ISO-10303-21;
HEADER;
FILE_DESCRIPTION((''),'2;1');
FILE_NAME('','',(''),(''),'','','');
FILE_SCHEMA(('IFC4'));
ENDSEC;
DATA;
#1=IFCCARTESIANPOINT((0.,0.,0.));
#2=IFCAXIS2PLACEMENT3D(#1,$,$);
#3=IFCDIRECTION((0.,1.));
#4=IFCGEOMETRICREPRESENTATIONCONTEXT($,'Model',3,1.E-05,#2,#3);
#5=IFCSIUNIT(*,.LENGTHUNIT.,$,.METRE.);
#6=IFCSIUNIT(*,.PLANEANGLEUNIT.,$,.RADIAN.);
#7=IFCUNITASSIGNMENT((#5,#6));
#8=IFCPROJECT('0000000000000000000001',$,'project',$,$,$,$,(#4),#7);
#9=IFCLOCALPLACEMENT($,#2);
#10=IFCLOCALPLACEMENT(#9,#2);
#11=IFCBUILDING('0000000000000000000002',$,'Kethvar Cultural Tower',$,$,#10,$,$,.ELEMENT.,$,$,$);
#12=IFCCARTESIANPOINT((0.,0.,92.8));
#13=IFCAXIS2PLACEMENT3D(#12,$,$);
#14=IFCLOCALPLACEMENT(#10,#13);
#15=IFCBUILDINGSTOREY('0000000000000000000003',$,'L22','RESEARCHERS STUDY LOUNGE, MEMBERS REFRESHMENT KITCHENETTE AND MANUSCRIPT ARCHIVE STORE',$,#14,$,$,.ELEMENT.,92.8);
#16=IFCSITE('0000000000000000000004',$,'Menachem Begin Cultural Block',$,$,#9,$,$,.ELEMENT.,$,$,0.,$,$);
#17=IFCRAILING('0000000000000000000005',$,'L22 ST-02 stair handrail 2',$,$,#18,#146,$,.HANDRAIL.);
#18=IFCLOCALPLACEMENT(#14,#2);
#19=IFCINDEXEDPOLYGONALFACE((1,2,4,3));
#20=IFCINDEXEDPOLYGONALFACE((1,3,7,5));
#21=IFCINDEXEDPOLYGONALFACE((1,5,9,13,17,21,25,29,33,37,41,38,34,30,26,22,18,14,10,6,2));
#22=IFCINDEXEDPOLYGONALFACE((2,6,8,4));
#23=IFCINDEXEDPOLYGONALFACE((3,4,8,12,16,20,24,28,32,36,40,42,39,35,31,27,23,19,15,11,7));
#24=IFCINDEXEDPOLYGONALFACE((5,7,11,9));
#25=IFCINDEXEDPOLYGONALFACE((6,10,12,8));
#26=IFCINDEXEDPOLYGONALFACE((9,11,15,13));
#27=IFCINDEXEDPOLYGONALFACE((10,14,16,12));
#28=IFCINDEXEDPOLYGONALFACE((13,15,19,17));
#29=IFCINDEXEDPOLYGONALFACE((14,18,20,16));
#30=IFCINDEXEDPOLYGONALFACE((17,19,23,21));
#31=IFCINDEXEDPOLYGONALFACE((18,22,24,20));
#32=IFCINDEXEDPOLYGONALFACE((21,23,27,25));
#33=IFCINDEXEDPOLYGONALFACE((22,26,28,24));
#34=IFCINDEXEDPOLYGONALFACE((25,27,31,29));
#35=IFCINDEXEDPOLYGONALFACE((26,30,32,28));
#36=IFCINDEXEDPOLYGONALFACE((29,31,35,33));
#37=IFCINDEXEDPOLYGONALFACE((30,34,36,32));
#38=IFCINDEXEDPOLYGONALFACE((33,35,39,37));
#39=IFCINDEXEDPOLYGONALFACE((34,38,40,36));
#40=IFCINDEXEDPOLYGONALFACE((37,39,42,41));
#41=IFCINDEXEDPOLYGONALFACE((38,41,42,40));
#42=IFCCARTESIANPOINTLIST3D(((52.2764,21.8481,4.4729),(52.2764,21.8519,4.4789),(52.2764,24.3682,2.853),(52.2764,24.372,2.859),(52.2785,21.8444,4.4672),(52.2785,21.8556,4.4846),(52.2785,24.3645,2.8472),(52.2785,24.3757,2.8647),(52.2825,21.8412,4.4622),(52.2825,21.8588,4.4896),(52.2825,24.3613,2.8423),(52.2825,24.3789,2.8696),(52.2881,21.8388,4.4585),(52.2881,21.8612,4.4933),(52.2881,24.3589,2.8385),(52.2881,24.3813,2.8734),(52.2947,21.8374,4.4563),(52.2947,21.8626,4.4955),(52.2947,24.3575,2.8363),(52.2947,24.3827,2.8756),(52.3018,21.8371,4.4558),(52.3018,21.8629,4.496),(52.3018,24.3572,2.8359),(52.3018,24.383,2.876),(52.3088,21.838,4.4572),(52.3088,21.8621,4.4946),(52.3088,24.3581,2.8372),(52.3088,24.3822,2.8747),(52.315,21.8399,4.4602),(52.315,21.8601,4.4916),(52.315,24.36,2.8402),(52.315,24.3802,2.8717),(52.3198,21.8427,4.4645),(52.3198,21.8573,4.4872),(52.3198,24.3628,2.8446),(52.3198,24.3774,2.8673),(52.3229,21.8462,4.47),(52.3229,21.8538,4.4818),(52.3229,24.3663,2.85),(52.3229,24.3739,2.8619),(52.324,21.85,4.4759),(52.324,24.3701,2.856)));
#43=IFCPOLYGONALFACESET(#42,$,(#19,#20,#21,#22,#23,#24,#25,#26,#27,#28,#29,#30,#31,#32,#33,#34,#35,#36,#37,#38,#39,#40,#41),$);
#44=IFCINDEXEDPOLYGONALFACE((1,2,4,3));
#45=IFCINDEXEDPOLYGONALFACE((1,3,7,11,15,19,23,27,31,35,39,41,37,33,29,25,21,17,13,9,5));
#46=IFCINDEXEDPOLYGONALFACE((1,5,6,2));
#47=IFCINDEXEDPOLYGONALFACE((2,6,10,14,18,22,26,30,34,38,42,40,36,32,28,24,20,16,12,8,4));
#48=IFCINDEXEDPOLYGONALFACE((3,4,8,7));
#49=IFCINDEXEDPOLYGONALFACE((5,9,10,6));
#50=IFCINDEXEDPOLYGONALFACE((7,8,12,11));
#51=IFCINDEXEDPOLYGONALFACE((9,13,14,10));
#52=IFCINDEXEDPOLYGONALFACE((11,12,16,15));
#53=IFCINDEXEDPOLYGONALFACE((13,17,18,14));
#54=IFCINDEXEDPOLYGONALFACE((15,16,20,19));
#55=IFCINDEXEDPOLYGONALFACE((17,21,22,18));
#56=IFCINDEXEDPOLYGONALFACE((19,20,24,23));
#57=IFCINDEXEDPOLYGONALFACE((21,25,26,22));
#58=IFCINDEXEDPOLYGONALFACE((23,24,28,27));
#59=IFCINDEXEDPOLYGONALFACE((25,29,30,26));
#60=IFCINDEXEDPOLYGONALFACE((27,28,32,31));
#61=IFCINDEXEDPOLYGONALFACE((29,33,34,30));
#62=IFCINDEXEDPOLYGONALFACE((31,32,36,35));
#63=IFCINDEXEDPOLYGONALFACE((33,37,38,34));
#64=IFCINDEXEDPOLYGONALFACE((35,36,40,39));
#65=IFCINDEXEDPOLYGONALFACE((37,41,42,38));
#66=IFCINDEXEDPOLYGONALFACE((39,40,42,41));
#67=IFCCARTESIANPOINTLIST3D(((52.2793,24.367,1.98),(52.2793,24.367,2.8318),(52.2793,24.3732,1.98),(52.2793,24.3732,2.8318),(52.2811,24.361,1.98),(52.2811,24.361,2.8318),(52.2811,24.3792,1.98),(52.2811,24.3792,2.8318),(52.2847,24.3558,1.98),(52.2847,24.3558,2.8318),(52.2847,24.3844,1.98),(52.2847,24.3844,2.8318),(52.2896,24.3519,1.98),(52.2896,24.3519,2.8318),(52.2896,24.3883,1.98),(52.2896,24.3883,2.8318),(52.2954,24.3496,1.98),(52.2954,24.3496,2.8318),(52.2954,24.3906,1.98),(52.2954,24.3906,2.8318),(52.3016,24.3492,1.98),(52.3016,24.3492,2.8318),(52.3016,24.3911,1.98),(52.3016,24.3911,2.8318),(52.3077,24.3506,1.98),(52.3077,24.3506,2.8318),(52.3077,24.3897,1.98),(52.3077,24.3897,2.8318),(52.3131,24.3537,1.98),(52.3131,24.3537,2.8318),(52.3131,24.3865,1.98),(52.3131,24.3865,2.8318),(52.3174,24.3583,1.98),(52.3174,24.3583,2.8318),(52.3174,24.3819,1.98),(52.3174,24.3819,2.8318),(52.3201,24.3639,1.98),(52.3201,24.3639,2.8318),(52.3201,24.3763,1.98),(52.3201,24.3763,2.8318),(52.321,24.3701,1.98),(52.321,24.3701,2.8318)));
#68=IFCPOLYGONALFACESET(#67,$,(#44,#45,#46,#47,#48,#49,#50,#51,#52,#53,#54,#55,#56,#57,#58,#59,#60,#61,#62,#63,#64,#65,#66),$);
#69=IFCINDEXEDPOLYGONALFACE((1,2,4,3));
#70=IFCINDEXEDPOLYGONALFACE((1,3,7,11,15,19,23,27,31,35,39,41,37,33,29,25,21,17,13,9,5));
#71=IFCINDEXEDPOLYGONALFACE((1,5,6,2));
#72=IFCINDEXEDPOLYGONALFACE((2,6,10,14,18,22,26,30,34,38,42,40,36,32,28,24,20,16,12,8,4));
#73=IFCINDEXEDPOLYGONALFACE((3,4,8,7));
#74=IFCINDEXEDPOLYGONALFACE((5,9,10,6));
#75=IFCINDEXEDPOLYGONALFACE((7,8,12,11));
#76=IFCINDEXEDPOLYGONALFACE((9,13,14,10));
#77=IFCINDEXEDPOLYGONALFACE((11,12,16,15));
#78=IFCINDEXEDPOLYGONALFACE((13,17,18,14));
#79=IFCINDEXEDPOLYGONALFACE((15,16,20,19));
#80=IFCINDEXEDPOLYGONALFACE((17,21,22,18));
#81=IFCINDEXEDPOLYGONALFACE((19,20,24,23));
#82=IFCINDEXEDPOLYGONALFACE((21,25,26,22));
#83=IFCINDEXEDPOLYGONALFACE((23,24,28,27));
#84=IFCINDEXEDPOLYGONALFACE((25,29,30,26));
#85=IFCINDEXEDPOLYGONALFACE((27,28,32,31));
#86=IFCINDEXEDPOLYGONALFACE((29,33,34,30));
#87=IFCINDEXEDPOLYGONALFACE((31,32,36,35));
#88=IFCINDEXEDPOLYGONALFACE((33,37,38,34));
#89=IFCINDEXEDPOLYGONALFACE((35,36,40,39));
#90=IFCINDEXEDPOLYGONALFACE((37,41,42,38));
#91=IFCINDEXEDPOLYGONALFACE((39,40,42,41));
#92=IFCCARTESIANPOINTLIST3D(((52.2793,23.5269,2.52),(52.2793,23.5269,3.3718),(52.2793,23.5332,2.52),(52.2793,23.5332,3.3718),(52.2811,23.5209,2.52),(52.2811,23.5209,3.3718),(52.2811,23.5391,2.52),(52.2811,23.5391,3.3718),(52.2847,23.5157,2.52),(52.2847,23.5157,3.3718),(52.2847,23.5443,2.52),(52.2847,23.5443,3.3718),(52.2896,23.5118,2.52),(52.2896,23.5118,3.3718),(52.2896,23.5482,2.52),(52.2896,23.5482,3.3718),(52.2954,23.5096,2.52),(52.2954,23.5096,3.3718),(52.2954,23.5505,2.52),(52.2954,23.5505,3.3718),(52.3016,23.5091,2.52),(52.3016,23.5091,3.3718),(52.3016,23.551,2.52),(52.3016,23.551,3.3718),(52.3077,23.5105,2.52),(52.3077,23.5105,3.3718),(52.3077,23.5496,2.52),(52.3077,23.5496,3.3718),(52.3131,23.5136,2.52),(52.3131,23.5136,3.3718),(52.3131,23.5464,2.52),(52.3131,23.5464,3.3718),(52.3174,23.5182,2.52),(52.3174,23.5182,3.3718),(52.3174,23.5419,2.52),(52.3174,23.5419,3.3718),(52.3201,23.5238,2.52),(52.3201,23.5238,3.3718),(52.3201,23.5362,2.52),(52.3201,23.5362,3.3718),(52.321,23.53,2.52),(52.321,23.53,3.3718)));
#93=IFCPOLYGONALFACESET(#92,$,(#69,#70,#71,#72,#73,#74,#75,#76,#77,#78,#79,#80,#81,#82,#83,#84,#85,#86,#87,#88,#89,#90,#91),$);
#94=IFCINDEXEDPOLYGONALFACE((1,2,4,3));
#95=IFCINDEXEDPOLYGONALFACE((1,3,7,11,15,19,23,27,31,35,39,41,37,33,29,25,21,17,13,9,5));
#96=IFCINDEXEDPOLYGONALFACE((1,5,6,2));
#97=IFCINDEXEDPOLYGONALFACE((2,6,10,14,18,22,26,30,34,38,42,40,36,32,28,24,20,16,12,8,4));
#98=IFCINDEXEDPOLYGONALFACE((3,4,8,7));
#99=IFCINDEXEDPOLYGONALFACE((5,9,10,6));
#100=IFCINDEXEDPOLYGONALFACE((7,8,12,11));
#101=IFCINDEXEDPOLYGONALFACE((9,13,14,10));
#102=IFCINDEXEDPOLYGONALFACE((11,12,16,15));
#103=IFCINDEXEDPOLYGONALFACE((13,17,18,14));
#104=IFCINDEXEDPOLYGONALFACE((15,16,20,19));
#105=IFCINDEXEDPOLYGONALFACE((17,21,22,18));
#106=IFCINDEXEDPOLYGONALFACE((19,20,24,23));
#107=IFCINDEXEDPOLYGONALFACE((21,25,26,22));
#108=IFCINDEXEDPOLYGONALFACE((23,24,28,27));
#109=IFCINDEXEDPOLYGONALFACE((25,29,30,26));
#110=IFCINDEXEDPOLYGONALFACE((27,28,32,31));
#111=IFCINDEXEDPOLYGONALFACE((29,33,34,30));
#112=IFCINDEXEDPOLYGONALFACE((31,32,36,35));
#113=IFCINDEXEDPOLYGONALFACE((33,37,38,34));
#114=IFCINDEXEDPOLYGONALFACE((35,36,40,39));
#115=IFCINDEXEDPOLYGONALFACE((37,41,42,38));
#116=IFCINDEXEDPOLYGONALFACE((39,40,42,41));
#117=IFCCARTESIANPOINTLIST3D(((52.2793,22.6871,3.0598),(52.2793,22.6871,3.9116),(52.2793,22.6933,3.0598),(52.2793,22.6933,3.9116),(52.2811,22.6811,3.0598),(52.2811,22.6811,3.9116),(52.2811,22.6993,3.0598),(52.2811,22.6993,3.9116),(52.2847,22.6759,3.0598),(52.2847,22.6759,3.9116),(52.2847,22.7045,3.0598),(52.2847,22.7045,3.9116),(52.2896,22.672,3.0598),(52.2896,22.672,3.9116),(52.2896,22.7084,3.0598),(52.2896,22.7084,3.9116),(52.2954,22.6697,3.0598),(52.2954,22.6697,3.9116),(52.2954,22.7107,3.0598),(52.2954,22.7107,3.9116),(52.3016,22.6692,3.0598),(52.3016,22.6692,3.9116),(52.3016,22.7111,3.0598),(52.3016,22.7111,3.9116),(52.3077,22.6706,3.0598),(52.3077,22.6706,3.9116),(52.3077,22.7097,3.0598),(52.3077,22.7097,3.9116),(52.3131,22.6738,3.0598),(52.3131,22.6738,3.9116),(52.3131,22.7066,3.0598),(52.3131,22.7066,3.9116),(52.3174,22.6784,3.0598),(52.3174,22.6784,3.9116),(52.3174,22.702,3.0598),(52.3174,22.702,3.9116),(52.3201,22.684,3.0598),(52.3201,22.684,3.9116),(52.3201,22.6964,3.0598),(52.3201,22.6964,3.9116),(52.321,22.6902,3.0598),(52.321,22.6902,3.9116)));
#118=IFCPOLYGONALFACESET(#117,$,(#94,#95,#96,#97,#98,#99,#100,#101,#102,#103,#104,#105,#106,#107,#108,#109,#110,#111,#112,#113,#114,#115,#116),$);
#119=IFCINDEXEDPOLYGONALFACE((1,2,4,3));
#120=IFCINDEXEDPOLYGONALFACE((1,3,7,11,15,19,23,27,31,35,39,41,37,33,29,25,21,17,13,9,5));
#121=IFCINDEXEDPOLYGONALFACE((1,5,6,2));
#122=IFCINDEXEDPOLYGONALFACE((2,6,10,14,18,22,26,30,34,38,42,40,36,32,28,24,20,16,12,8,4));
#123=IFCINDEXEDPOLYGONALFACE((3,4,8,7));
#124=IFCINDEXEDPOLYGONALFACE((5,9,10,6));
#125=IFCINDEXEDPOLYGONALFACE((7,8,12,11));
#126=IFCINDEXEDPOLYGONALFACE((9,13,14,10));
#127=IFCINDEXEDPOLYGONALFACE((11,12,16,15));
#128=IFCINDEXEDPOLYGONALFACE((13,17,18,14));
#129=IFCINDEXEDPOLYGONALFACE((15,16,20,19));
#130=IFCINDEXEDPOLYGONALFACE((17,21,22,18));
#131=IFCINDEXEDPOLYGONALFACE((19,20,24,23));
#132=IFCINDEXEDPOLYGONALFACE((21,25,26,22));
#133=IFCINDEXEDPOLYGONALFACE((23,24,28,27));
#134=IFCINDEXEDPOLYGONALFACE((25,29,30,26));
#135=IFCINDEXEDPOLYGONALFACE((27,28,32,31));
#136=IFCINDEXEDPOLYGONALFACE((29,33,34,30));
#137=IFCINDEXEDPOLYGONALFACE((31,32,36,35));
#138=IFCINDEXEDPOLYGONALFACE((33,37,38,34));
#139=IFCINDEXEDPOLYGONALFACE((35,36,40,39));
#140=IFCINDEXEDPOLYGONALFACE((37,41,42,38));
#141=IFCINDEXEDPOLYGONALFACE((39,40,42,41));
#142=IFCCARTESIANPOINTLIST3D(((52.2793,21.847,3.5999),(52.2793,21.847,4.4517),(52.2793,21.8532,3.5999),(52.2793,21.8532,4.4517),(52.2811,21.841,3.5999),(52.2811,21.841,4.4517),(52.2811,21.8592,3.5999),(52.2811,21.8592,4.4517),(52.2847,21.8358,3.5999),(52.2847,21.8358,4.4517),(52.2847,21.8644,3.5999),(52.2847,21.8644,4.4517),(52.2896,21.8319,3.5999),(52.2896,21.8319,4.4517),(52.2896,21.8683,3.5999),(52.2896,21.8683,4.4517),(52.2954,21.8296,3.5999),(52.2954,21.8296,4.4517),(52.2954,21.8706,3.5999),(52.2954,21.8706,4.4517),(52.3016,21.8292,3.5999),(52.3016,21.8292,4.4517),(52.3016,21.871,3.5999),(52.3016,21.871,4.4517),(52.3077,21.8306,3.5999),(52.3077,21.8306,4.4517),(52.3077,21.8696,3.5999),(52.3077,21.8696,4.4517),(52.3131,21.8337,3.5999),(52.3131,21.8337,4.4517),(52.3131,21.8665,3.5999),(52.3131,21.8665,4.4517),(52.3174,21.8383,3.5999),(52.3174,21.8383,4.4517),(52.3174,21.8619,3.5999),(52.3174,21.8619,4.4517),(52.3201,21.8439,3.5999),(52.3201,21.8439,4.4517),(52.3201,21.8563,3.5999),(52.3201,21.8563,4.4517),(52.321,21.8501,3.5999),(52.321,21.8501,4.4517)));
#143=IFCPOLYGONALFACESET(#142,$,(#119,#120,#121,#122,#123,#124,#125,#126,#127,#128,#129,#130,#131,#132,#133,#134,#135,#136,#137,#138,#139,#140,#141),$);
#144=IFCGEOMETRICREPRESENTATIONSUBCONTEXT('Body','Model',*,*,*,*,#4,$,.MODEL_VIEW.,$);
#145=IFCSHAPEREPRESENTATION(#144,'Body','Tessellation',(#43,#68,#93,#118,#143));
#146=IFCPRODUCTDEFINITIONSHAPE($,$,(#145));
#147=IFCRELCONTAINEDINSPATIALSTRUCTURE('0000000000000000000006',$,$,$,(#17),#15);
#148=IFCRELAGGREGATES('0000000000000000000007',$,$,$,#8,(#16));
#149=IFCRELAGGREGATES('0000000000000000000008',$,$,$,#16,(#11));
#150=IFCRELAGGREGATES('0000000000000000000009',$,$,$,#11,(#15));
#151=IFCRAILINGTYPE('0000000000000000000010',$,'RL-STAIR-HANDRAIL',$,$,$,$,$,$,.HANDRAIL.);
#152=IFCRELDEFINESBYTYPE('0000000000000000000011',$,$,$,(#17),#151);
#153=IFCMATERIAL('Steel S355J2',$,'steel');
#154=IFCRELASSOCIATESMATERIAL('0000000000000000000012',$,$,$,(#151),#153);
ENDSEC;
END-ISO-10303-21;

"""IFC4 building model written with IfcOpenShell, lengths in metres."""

from ifc_helpers import new_model, si_unit, direction, frame, origin, origin_2d, place, context, subcontext, project, spatial, circle, extrude, material, type_object, element, save


model = new_model("IFC4")

# Units and contexts
model_context = context("Model", 3, precision=1e-05, world=origin(), true_north=direction((0.0, 1.0)))
body_context = subcontext(model_context, "Body", "Model", "MODEL_VIEW")
ifc_project = project(units=[si_unit("LENGTHUNIT", "METRE"), si_unit("PLANEANGLEUNIT", "RADIAN")], contexts=[model_context])

# Site, building, storey
site_placement = place(None, origin())
site = spatial("IfcSite", under=ifc_project, at=site_placement, Name="Menachem Begin Cultural Block", CompositionType="ELEMENT", RefElevation=0.0)
building_placement = place(site_placement, origin())
building = spatial("IfcBuilding", under=site, at=building_placement, Name="Kethvar Cultural Tower", CompositionType="ELEMENT")
storey_placement = place(building_placement, frame((0.0, 0.0, 92.8)))
storey = spatial("IfcBuildingStorey", under=building, at=storey_placement, Name="L22", Description="RESEARCHERS STUDY LOUNGE, MEMBERS REFRESHMENT KITCHENETTE AND MANUSCRIPT ARCHIVE STORE", CompositionType="ELEMENT", Elevation=92.8)

# Shared definitions
ifc_material_1 = material(Name="Steel S355J2", Category="steel")

# Railing
railing_type_1 = type_object("IfcRailingType", Name="RL-STAIR-HANDRAIL", PredefinedType="HANDRAIL", material=ifc_material_1)
railing_1_placement = place(storey_placement, frame((52.3, 24.3701, 1.98)))
element("IfcRailing", 1, at=railing_1_placement, inside=storey, type_object=railing_type_1, Name="L22 ST-02 stair handrail 2", PredefinedType="HANDRAIL", context=body_context, shape_type="SweptSolid", body=[
    extrude(circle(Radius=0.0239, at=origin_2d()), frame((0.0, 0.0, 0.876), z_axis=(0.0, -0.8412, 0.540725), x_axis=(1.0, 0.0, 0.0)), (0.0, 0.0, 1.0), 2.9958),
    extrude(circle(Radius=0.021, at=origin_2d()), origin(), (0.0, 0.0, 1.0), 0.8518),
    extrude(circle(Radius=0.021, at=origin_2d()), frame((0.0, -0.8401, 0.54)), (0.0, 0.0, 1.0), 0.8518),
    extrude(circle(Radius=0.021, at=origin_2d()), frame((0.0, -1.6799, 1.0798)), (0.0, 0.0, 1.0), 0.8518),
    extrude(circle(Radius=0.021, at=origin_2d()), frame((0.0, -2.52, 1.6199)), (0.0, 0.0, 1.0), 0.8518),
])

save(model, "model.ifc")
